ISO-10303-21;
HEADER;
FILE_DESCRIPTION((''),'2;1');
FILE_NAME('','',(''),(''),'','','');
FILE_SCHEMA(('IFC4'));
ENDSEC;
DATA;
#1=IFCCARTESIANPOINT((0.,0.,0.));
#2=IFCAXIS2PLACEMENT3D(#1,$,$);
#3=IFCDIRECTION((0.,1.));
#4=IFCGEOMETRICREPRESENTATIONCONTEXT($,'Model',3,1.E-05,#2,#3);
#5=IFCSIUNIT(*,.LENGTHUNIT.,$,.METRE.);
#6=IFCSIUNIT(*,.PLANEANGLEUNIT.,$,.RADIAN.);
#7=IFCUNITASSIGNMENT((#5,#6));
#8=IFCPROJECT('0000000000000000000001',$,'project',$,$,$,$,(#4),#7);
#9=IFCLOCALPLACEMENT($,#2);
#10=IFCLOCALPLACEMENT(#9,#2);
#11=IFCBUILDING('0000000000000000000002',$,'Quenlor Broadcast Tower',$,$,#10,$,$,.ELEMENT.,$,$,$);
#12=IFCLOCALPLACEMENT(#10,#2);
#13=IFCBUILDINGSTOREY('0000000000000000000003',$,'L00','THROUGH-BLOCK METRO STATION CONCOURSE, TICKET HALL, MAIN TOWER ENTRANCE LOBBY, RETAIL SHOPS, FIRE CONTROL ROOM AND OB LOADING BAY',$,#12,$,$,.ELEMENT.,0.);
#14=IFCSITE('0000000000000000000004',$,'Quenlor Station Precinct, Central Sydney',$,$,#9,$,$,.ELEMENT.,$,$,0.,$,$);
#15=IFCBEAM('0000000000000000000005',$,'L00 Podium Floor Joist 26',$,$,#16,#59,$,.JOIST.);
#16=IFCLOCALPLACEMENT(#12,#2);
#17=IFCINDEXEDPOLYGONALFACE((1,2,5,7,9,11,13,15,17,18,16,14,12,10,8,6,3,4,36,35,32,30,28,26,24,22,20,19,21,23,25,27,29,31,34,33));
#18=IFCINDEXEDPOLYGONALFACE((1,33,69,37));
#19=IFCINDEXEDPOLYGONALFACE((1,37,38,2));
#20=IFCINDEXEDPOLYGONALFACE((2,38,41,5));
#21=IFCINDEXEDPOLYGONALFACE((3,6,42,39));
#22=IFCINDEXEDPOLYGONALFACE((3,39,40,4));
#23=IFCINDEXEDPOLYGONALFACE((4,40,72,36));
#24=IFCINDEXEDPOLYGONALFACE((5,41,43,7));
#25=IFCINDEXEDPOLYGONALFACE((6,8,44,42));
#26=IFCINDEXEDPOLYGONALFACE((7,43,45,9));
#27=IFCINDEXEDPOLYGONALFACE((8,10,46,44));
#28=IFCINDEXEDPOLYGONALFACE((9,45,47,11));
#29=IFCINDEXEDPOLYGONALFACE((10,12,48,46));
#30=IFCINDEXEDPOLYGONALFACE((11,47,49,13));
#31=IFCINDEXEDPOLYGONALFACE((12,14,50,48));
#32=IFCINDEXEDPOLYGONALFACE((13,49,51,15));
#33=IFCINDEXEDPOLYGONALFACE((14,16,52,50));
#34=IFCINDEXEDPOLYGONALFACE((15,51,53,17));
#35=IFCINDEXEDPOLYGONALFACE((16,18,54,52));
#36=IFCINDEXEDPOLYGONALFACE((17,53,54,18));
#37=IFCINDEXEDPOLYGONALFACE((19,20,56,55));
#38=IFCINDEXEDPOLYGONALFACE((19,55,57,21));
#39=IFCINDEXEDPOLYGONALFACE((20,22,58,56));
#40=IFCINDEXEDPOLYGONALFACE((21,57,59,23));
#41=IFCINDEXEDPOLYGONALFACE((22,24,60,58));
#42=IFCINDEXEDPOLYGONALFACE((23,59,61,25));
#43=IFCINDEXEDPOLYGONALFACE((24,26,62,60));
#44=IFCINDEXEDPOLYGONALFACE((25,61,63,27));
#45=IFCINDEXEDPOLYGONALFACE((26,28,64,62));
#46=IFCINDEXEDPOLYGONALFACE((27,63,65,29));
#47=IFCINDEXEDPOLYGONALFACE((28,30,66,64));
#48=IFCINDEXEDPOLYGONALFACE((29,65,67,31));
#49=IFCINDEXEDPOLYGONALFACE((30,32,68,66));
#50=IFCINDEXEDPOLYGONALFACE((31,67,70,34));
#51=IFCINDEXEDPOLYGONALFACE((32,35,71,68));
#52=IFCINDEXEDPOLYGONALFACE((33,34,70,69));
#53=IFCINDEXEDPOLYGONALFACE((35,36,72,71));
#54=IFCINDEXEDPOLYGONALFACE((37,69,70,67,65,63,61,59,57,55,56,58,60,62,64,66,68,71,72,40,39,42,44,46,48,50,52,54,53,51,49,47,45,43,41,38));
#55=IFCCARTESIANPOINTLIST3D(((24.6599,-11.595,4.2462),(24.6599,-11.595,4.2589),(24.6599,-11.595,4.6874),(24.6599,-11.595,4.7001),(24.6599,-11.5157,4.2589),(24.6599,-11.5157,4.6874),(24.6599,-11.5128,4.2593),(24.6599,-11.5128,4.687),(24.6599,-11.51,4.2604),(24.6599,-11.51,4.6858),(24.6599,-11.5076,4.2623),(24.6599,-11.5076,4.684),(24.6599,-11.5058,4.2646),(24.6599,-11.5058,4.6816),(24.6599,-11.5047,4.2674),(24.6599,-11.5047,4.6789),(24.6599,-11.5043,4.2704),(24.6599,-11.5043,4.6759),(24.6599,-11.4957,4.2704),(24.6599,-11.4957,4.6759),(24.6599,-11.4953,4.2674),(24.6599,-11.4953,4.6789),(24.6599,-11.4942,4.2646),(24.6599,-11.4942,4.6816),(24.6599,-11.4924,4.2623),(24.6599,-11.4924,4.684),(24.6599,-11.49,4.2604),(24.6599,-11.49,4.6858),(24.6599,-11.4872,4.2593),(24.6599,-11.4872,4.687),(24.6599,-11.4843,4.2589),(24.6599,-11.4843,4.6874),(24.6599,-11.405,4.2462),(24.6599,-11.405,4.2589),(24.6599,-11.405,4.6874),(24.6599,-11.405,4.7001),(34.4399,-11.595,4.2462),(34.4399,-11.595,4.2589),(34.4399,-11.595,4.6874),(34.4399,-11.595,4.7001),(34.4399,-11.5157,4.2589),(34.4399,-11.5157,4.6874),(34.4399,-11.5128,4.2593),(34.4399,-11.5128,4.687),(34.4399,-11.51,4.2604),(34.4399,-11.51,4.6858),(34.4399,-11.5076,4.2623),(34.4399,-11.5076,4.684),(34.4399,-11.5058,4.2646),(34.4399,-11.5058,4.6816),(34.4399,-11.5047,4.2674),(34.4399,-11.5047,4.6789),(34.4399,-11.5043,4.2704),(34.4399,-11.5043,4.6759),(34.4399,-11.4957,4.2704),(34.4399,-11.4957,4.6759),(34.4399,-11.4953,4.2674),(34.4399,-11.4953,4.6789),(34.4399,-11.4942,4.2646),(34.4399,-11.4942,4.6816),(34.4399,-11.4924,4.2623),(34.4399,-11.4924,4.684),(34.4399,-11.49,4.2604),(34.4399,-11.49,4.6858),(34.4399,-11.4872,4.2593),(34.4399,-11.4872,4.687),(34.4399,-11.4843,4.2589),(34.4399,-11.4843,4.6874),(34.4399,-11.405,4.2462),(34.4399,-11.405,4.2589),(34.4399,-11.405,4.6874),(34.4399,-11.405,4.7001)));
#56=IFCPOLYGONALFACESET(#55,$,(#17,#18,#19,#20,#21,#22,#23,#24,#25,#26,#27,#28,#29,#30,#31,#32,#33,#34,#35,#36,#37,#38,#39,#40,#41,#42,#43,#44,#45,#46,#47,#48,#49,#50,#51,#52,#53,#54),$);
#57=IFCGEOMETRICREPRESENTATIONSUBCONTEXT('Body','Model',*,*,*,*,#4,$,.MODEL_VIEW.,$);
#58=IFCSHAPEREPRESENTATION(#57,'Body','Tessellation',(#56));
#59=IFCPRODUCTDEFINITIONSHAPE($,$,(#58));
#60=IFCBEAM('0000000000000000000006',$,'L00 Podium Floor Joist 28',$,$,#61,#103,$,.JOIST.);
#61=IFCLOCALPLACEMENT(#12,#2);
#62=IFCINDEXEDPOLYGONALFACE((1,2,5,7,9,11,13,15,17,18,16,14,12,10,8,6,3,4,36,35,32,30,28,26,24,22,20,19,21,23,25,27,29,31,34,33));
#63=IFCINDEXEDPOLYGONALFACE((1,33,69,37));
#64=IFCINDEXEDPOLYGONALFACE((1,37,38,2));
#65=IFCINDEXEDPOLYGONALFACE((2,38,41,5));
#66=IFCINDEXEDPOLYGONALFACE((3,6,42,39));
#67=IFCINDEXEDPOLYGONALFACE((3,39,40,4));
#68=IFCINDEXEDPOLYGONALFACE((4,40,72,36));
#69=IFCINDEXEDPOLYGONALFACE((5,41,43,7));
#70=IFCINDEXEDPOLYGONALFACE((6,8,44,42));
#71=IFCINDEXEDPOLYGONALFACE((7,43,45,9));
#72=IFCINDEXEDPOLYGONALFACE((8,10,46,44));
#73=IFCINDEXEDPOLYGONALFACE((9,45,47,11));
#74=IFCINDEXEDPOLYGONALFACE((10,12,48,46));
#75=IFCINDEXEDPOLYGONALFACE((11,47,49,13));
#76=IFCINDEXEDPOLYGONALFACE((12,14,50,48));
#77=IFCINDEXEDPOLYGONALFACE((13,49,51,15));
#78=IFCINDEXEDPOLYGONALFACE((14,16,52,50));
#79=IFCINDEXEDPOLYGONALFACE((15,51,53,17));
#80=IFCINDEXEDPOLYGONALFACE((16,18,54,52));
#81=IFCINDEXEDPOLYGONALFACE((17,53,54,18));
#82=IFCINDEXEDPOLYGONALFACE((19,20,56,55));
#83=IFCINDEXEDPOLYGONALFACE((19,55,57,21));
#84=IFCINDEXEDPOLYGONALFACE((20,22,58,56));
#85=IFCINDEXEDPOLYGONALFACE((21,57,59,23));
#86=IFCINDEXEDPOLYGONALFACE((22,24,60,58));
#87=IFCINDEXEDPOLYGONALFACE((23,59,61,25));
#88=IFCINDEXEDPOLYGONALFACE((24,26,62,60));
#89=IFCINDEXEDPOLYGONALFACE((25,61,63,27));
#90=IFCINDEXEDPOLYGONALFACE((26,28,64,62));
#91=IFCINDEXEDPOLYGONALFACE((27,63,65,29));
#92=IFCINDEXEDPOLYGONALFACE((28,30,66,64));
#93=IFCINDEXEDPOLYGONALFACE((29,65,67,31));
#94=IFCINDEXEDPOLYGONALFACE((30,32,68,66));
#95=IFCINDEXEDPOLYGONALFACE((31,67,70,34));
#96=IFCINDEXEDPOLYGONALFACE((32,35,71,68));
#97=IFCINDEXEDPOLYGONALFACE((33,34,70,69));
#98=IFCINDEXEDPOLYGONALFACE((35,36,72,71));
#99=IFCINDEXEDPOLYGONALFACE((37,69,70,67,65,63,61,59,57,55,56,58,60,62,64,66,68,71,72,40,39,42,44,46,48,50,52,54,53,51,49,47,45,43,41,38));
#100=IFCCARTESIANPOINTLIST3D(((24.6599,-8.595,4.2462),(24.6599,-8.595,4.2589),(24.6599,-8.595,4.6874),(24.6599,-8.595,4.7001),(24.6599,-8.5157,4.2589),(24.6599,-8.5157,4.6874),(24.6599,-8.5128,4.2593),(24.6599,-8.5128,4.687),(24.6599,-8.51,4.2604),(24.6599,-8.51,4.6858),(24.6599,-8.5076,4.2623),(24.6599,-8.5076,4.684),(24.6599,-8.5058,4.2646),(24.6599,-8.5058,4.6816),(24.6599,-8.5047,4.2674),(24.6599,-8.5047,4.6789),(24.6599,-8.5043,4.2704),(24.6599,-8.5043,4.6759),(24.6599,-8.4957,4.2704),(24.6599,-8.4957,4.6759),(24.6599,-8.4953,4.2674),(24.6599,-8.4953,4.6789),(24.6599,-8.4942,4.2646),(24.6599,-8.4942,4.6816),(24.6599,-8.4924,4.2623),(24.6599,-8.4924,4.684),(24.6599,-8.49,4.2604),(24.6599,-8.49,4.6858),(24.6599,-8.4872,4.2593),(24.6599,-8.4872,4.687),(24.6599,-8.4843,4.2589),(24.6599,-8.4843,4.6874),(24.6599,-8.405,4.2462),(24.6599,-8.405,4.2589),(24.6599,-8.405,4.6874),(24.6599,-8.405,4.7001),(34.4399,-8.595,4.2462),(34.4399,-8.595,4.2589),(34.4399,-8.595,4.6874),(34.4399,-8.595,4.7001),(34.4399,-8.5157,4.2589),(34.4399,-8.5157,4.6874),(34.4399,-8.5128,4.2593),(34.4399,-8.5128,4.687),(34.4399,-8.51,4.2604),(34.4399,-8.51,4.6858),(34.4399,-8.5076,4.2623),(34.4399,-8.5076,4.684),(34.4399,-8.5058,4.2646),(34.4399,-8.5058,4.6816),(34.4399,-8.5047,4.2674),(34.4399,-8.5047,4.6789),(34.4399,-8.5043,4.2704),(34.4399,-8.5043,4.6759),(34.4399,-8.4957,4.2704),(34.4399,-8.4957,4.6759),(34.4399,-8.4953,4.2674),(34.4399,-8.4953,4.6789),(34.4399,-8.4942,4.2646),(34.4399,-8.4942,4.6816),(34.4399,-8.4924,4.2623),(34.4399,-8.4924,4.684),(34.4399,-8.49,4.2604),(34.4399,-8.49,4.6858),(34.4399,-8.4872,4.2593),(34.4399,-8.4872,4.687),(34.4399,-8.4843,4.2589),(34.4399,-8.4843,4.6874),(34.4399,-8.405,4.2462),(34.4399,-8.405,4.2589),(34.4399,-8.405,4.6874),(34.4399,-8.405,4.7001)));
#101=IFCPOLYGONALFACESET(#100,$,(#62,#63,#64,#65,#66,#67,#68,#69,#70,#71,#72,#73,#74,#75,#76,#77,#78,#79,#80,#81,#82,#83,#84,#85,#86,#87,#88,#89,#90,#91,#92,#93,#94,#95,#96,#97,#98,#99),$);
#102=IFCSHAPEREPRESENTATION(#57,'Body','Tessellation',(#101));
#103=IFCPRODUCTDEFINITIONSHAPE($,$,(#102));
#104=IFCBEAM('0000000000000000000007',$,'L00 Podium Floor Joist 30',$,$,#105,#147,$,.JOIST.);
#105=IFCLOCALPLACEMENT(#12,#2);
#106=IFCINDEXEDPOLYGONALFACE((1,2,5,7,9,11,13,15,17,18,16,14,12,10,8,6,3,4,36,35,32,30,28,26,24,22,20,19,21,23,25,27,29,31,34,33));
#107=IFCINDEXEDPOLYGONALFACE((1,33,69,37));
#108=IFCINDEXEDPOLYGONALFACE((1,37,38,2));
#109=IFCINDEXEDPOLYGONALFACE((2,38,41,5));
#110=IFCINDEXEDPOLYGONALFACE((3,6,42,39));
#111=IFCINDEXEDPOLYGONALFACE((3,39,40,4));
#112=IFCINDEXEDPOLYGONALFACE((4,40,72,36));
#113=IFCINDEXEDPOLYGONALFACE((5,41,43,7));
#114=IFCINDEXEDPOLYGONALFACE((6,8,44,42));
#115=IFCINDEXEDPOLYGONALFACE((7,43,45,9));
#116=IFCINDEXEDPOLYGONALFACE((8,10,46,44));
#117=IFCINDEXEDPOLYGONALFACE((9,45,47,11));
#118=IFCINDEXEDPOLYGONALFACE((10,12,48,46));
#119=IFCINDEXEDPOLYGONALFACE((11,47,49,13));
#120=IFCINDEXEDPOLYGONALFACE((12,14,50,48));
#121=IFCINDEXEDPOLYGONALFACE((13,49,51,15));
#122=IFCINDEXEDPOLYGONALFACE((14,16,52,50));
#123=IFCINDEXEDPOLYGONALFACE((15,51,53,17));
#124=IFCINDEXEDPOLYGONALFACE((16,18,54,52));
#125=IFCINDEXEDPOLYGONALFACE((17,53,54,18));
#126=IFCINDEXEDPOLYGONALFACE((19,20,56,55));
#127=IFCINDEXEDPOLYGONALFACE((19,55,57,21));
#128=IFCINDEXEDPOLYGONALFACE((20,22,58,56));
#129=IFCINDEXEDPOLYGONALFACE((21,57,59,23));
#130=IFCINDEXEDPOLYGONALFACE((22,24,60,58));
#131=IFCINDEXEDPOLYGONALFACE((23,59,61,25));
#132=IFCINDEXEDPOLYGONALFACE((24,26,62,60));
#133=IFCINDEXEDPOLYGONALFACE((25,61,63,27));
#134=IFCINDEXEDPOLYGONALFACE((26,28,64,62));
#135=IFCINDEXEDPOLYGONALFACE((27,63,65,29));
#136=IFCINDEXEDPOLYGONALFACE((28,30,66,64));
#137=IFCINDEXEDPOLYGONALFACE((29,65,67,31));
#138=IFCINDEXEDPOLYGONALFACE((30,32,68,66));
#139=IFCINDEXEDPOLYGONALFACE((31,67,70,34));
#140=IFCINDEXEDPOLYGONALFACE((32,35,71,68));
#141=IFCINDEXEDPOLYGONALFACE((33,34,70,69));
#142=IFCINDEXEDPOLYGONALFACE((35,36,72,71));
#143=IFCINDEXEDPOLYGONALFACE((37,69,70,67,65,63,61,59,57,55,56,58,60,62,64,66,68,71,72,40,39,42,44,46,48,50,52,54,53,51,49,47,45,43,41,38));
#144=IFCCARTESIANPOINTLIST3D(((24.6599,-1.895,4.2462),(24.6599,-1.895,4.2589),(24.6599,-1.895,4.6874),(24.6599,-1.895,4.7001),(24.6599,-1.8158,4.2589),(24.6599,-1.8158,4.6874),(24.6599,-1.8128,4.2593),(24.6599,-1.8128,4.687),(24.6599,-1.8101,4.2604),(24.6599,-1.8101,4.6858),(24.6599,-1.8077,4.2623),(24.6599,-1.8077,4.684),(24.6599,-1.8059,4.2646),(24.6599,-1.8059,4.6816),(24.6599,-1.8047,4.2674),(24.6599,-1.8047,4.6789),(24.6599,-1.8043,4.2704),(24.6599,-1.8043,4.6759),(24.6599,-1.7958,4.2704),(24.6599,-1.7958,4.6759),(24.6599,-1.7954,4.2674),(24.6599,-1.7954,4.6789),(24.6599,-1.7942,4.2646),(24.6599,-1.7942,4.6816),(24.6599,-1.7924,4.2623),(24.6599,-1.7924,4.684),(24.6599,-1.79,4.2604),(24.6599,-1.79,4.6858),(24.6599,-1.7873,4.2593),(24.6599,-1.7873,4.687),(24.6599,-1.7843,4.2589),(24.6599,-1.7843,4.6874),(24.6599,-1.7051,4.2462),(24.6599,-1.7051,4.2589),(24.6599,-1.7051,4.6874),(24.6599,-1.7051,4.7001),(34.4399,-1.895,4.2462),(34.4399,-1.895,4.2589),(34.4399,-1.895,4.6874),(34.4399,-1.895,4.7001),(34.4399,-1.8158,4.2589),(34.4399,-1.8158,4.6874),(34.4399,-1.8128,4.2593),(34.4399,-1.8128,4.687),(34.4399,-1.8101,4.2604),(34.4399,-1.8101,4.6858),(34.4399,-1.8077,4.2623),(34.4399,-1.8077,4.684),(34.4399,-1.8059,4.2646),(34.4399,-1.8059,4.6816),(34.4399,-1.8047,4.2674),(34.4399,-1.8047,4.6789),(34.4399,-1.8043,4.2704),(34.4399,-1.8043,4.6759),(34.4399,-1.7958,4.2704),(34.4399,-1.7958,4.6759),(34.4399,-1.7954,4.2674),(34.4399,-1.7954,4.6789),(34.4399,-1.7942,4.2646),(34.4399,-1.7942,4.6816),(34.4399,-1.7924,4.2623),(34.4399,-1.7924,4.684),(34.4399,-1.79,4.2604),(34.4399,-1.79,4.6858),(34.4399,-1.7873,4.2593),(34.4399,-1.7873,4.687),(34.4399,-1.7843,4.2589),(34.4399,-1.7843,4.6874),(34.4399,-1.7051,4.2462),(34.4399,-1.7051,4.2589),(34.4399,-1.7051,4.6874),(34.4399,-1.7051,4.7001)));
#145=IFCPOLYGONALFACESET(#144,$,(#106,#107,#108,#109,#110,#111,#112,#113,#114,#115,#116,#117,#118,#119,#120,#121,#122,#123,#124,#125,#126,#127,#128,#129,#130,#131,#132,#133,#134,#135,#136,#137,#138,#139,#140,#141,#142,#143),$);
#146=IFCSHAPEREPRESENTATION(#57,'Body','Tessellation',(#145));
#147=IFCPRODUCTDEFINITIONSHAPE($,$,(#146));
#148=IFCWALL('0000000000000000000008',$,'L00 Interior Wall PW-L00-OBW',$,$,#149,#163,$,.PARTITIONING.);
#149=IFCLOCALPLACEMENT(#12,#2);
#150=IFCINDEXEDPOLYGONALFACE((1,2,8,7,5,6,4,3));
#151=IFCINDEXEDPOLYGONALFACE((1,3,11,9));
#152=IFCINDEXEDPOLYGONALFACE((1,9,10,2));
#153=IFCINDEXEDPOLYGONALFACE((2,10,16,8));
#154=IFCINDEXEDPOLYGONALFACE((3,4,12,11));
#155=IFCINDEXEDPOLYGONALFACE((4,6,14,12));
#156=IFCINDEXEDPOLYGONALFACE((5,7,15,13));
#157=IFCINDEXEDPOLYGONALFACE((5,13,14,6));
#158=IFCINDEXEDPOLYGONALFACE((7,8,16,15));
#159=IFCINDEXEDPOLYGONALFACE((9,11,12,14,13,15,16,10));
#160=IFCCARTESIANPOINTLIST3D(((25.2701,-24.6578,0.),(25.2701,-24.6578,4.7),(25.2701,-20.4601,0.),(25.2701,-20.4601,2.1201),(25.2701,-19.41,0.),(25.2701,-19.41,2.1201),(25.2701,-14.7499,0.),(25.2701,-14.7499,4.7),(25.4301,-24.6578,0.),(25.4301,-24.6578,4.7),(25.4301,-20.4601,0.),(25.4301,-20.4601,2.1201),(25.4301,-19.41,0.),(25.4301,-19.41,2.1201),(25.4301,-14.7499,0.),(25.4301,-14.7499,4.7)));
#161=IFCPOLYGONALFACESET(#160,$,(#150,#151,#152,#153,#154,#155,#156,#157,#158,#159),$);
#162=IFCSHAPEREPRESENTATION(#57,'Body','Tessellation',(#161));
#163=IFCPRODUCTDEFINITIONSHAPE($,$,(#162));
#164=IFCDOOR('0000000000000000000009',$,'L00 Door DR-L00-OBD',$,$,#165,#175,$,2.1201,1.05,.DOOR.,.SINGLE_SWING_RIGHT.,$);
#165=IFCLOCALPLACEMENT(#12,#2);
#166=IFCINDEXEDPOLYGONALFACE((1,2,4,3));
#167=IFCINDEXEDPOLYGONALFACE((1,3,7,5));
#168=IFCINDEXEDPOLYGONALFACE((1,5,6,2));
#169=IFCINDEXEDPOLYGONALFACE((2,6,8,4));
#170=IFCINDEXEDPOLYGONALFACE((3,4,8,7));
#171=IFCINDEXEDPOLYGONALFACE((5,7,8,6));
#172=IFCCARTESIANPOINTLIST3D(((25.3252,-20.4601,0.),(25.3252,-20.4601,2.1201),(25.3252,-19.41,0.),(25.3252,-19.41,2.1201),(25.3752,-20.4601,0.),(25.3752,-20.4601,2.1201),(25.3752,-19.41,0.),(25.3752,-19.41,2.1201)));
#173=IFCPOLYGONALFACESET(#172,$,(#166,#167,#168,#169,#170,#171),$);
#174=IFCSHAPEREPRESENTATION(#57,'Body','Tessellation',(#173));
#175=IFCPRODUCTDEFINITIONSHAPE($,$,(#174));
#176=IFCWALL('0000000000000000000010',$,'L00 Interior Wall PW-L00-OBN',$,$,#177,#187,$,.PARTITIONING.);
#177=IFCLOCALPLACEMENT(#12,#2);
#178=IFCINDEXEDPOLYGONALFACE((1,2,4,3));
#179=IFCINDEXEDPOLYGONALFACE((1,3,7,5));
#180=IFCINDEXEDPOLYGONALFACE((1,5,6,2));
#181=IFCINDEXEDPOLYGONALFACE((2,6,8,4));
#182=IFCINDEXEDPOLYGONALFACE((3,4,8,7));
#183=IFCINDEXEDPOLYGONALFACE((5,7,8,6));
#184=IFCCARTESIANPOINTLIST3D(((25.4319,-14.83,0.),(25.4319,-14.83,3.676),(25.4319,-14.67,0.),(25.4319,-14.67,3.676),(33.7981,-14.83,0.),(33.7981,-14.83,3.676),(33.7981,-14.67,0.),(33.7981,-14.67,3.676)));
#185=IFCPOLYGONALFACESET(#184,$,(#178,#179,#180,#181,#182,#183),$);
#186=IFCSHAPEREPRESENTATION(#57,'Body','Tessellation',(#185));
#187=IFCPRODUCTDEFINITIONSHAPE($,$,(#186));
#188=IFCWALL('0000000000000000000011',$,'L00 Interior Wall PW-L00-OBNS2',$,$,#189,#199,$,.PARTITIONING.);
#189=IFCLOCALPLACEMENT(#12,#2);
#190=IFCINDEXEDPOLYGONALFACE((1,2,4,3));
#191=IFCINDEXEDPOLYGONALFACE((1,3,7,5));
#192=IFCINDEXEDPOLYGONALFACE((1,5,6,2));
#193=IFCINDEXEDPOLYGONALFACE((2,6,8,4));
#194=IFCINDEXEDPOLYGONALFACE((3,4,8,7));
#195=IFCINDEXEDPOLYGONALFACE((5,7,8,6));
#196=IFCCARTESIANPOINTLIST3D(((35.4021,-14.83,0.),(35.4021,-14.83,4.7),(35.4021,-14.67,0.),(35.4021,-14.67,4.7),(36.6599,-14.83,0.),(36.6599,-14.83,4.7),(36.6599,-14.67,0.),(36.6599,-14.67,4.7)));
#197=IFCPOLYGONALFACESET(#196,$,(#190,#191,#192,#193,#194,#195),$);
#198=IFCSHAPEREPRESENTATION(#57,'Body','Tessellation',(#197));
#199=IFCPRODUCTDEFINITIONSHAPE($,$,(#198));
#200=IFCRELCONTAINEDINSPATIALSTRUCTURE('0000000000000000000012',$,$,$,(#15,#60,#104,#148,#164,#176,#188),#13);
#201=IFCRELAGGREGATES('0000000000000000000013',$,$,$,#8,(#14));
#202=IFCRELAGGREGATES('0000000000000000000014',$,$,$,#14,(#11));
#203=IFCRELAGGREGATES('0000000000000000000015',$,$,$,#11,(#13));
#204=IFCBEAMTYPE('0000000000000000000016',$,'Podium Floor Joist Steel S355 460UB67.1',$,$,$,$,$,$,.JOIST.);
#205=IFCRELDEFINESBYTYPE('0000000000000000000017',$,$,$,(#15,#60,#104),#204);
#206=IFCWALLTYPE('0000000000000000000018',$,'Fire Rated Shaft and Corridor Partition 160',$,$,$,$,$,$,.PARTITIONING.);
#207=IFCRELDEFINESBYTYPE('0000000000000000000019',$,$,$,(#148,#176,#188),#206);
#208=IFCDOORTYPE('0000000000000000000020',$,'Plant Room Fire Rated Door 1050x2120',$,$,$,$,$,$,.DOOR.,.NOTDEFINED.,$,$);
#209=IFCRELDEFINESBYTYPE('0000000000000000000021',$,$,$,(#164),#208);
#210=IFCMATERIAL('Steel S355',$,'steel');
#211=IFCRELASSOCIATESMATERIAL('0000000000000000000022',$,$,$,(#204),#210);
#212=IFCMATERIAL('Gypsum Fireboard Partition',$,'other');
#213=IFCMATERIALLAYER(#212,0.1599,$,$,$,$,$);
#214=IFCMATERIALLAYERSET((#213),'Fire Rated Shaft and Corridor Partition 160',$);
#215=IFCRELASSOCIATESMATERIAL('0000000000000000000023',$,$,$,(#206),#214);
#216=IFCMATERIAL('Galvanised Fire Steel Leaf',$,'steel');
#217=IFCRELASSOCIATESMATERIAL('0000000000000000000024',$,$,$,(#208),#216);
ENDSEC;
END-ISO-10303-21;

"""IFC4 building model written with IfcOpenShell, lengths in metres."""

from ifc_helpers import new_model, si_unit, direction, frame, frame_2d, origin, origin_2d, place, context, subcontext, project, spatial, rectangle, i_section, extrude, material, layer, layer_set, material_profile, profile_set, type_object, element, fill, save


model = new_model("IFC4")

# Units and contexts
model_context = context("Model", 3, precision=1e-05, world=origin(), true_north=direction((0.0, 1.0)))
body_context = subcontext(model_context, "Body", "Model", "MODEL_VIEW")
ifc_project = project(units=[si_unit("LENGTHUNIT", "METRE"), si_unit("PLANEANGLEUNIT", "RADIAN")], contexts=[model_context])

# Site, building, storey
site_placement = place(None, origin())
site = spatial("IfcSite", under=ifc_project, at=site_placement, Name="Quenlor Station Precinct, Central Sydney", CompositionType="ELEMENT", RefElevation=0.0)
building_placement = place(site_placement, origin())
building = spatial("IfcBuilding", under=site, at=building_placement, Name="Quenlor Broadcast Tower", CompositionType="ELEMENT")
storey_placement = place(building_placement, origin())
storey = spatial("IfcBuildingStorey", under=building, at=storey_placement, Name="L00", Description="THROUGH-BLOCK METRO STATION CONCOURSE, TICKET HALL, MAIN TOWER ENTRANCE LOBBY, RETAIL SHOPS, FIRE CONTROL ROOM AND OB LOADING BAY", CompositionType="ELEMENT", Elevation=0.0)

# Beams
ifc_material_1 = material(Name="Steel S355", Category="steel")
ifc_material_profile_1 = material_profile(ifc_material_1, i_section(OverallWidth=0.1899, OverallDepth=0.4539, WebThickness=0.0085, FlangeThickness=0.0127, FilletRadius=0.0115, at=origin_2d()))
ifc_profile_set_1 = profile_set([ifc_material_profile_1], Name="Steel S355 460UB67.1")
beam_type_1 = type_object("IfcBeamType", Name="Podium Floor Joist Steel S355 460UB67.1", PredefinedType="JOIST", material=ifc_profile_set_1)
for number, where, z_axis, x_axis, name in (
    (1, (24.6599, -11.5, 4.4731), (1.0, 0.0, 0.0), (0.0, 1.0, 0.0), "L00 Podium Floor Joist 26"),
    (2, (24.6599, -8.5, 4.4731), (1.0, 0.0, 0.0), (0.0, 1.0, 0.0), "L00 Podium Floor Joist 28"),
    (3, (24.6599, -1.8, 4.4731), (1.0, 0.0, 0.0), (0.0, 1.0, 0.0), "L00 Podium Floor Joist 30"),
):
    element("IfcBeam", number, at=place(storey_placement, frame(where, z_axis=z_axis, x_axis=x_axis)), inside=storey, type_object=beam_type_1, Name=name, PredefinedType="JOIST", context=body_context, shape_type="SweptSolid", body=[
        extrude(i_section(OverallWidth=0.1899, OverallDepth=0.4539, WebThickness=0.0085, FlangeThickness=0.0127, FilletRadius=0.0115, at=origin_2d()), origin(), (0.0, 0.0, 1.0), 9.78),
    ])

# Wall, opening, door
ifc_material_2 = material(Name="Gypsum Fireboard Partition", Category="other")
ifc_layer_1 = layer(ifc_material_2, 0.1599)
ifc_layer_set_1 = layer_set([ifc_layer_1], Name="Fire Rated Shaft and Corridor Partition 160")
wall_type_1 = type_object("IfcWallType", Name="Fire Rated Shaft and Corridor Partition 160", PredefinedType="PARTITIONING", material=ifc_layer_set_1)
wall_1_placement = place(storey_placement, frame((25.3501, -24.658, 0.0), z_axis=(0.0, 0.0, 1.0), x_axis=(0.0, 1.0, 0.0)))
wall_1 = element("IfcWall", 4, at=wall_1_placement, inside=storey, type_object=wall_type_1, Name="L00 Interior Wall PW-L00-OBW", PredefinedType="PARTITIONING", context=body_context, shape_type="SweptSolid", body=[
    extrude(rectangle(XDim=9.908, YDim=0.1599, at=frame_2d((4.9541, 0.0))), origin(), (0.0, 0.0, 1.0), 4.7),
])
opening_1_placement = place(wall_1_placement, frame((4.198, 0.0, 0.0)))
opening_1 = element("IfcOpeningElement", 5, at=opening_1_placement, cuts=wall_1, PredefinedType="OPENING", context=body_context, shape_type="SweptSolid", body=[
    extrude(rectangle(XDim=1.05, YDim=2.1201, at=frame_2d((0.5249, 1.0601))), frame((0.0, 0.0898, 0.0), z_axis=(0.0, -1.0, 0.0), x_axis=(1.0, 0.0, 0.0)), (0.0, 0.0, 1.0), 0.1799),
])
ifc_material_3 = material(Name="Galvanised Fire Steel Leaf", Category="steel")
door_type_1 = type_object("IfcDoorType", Name="Plant Room Fire Rated Door 1050x2120", OperationType="NOTDEFINED", PredefinedType="DOOR", material=ifc_material_3)
door_1_placement = place(opening_1_placement, origin())
door_1 = element("IfcDoor", 6, at=door_1_placement, inside=storey, type_object=door_type_1, Name="L00 Door DR-L00-OBD", OperationType="SINGLE_SWING_RIGHT", OverallHeight=2.1201, OverallWidth=1.05, PredefinedType="DOOR", context=body_context, shape_type="SweptSolid", body=[
    extrude(rectangle(XDim=1.05, YDim=2.1201, at=frame_2d((0.5249, 1.0601))), frame((0.0, 0.0249, 0.0), z_axis=(0.0, -1.0, 0.0), x_axis=(1.0, 0.0, 0.0)), (0.0, 0.0, 1.0), 0.05),
])
fill(opening_1, door_1)

# Walls
wall_2_placement = place(storey_placement, frame((25.4319, -14.75, 0.0), z_axis=(0.0, 0.0, 1.0), x_axis=(1.0, 0.0, 0.0)))
element("IfcWall", 7, at=wall_2_placement, inside=storey, type_object=wall_type_1, Name="L00 Interior Wall PW-L00-OBN", PredefinedType="PARTITIONING", context=body_context, shape_type="SweptSolid", body=[
    extrude(rectangle(XDim=8.3662, YDim=0.1599, at=frame_2d((4.1831, 0.0))), origin(), (0.0, 0.0, 1.0), 3.676),
])
wall_3_placement = place(storey_placement, frame((35.4021, -14.75, 0.0), z_axis=(0.0, 0.0, 1.0), x_axis=(1.0, 0.0, 0.0)))
element("IfcWall", 8, at=wall_3_placement, inside=storey, type_object=wall_type_1, Name="L00 Interior Wall PW-L00-OBNS2", PredefinedType="PARTITIONING", context=body_context, shape_type="SweptSolid", body=[
    extrude(rectangle(XDim=1.2578, YDim=0.1599, at=frame_2d((0.6289, 0.0))), origin(), (0.0, 0.0, 1.0), 4.7),
])

save(model, "model.ifc")
